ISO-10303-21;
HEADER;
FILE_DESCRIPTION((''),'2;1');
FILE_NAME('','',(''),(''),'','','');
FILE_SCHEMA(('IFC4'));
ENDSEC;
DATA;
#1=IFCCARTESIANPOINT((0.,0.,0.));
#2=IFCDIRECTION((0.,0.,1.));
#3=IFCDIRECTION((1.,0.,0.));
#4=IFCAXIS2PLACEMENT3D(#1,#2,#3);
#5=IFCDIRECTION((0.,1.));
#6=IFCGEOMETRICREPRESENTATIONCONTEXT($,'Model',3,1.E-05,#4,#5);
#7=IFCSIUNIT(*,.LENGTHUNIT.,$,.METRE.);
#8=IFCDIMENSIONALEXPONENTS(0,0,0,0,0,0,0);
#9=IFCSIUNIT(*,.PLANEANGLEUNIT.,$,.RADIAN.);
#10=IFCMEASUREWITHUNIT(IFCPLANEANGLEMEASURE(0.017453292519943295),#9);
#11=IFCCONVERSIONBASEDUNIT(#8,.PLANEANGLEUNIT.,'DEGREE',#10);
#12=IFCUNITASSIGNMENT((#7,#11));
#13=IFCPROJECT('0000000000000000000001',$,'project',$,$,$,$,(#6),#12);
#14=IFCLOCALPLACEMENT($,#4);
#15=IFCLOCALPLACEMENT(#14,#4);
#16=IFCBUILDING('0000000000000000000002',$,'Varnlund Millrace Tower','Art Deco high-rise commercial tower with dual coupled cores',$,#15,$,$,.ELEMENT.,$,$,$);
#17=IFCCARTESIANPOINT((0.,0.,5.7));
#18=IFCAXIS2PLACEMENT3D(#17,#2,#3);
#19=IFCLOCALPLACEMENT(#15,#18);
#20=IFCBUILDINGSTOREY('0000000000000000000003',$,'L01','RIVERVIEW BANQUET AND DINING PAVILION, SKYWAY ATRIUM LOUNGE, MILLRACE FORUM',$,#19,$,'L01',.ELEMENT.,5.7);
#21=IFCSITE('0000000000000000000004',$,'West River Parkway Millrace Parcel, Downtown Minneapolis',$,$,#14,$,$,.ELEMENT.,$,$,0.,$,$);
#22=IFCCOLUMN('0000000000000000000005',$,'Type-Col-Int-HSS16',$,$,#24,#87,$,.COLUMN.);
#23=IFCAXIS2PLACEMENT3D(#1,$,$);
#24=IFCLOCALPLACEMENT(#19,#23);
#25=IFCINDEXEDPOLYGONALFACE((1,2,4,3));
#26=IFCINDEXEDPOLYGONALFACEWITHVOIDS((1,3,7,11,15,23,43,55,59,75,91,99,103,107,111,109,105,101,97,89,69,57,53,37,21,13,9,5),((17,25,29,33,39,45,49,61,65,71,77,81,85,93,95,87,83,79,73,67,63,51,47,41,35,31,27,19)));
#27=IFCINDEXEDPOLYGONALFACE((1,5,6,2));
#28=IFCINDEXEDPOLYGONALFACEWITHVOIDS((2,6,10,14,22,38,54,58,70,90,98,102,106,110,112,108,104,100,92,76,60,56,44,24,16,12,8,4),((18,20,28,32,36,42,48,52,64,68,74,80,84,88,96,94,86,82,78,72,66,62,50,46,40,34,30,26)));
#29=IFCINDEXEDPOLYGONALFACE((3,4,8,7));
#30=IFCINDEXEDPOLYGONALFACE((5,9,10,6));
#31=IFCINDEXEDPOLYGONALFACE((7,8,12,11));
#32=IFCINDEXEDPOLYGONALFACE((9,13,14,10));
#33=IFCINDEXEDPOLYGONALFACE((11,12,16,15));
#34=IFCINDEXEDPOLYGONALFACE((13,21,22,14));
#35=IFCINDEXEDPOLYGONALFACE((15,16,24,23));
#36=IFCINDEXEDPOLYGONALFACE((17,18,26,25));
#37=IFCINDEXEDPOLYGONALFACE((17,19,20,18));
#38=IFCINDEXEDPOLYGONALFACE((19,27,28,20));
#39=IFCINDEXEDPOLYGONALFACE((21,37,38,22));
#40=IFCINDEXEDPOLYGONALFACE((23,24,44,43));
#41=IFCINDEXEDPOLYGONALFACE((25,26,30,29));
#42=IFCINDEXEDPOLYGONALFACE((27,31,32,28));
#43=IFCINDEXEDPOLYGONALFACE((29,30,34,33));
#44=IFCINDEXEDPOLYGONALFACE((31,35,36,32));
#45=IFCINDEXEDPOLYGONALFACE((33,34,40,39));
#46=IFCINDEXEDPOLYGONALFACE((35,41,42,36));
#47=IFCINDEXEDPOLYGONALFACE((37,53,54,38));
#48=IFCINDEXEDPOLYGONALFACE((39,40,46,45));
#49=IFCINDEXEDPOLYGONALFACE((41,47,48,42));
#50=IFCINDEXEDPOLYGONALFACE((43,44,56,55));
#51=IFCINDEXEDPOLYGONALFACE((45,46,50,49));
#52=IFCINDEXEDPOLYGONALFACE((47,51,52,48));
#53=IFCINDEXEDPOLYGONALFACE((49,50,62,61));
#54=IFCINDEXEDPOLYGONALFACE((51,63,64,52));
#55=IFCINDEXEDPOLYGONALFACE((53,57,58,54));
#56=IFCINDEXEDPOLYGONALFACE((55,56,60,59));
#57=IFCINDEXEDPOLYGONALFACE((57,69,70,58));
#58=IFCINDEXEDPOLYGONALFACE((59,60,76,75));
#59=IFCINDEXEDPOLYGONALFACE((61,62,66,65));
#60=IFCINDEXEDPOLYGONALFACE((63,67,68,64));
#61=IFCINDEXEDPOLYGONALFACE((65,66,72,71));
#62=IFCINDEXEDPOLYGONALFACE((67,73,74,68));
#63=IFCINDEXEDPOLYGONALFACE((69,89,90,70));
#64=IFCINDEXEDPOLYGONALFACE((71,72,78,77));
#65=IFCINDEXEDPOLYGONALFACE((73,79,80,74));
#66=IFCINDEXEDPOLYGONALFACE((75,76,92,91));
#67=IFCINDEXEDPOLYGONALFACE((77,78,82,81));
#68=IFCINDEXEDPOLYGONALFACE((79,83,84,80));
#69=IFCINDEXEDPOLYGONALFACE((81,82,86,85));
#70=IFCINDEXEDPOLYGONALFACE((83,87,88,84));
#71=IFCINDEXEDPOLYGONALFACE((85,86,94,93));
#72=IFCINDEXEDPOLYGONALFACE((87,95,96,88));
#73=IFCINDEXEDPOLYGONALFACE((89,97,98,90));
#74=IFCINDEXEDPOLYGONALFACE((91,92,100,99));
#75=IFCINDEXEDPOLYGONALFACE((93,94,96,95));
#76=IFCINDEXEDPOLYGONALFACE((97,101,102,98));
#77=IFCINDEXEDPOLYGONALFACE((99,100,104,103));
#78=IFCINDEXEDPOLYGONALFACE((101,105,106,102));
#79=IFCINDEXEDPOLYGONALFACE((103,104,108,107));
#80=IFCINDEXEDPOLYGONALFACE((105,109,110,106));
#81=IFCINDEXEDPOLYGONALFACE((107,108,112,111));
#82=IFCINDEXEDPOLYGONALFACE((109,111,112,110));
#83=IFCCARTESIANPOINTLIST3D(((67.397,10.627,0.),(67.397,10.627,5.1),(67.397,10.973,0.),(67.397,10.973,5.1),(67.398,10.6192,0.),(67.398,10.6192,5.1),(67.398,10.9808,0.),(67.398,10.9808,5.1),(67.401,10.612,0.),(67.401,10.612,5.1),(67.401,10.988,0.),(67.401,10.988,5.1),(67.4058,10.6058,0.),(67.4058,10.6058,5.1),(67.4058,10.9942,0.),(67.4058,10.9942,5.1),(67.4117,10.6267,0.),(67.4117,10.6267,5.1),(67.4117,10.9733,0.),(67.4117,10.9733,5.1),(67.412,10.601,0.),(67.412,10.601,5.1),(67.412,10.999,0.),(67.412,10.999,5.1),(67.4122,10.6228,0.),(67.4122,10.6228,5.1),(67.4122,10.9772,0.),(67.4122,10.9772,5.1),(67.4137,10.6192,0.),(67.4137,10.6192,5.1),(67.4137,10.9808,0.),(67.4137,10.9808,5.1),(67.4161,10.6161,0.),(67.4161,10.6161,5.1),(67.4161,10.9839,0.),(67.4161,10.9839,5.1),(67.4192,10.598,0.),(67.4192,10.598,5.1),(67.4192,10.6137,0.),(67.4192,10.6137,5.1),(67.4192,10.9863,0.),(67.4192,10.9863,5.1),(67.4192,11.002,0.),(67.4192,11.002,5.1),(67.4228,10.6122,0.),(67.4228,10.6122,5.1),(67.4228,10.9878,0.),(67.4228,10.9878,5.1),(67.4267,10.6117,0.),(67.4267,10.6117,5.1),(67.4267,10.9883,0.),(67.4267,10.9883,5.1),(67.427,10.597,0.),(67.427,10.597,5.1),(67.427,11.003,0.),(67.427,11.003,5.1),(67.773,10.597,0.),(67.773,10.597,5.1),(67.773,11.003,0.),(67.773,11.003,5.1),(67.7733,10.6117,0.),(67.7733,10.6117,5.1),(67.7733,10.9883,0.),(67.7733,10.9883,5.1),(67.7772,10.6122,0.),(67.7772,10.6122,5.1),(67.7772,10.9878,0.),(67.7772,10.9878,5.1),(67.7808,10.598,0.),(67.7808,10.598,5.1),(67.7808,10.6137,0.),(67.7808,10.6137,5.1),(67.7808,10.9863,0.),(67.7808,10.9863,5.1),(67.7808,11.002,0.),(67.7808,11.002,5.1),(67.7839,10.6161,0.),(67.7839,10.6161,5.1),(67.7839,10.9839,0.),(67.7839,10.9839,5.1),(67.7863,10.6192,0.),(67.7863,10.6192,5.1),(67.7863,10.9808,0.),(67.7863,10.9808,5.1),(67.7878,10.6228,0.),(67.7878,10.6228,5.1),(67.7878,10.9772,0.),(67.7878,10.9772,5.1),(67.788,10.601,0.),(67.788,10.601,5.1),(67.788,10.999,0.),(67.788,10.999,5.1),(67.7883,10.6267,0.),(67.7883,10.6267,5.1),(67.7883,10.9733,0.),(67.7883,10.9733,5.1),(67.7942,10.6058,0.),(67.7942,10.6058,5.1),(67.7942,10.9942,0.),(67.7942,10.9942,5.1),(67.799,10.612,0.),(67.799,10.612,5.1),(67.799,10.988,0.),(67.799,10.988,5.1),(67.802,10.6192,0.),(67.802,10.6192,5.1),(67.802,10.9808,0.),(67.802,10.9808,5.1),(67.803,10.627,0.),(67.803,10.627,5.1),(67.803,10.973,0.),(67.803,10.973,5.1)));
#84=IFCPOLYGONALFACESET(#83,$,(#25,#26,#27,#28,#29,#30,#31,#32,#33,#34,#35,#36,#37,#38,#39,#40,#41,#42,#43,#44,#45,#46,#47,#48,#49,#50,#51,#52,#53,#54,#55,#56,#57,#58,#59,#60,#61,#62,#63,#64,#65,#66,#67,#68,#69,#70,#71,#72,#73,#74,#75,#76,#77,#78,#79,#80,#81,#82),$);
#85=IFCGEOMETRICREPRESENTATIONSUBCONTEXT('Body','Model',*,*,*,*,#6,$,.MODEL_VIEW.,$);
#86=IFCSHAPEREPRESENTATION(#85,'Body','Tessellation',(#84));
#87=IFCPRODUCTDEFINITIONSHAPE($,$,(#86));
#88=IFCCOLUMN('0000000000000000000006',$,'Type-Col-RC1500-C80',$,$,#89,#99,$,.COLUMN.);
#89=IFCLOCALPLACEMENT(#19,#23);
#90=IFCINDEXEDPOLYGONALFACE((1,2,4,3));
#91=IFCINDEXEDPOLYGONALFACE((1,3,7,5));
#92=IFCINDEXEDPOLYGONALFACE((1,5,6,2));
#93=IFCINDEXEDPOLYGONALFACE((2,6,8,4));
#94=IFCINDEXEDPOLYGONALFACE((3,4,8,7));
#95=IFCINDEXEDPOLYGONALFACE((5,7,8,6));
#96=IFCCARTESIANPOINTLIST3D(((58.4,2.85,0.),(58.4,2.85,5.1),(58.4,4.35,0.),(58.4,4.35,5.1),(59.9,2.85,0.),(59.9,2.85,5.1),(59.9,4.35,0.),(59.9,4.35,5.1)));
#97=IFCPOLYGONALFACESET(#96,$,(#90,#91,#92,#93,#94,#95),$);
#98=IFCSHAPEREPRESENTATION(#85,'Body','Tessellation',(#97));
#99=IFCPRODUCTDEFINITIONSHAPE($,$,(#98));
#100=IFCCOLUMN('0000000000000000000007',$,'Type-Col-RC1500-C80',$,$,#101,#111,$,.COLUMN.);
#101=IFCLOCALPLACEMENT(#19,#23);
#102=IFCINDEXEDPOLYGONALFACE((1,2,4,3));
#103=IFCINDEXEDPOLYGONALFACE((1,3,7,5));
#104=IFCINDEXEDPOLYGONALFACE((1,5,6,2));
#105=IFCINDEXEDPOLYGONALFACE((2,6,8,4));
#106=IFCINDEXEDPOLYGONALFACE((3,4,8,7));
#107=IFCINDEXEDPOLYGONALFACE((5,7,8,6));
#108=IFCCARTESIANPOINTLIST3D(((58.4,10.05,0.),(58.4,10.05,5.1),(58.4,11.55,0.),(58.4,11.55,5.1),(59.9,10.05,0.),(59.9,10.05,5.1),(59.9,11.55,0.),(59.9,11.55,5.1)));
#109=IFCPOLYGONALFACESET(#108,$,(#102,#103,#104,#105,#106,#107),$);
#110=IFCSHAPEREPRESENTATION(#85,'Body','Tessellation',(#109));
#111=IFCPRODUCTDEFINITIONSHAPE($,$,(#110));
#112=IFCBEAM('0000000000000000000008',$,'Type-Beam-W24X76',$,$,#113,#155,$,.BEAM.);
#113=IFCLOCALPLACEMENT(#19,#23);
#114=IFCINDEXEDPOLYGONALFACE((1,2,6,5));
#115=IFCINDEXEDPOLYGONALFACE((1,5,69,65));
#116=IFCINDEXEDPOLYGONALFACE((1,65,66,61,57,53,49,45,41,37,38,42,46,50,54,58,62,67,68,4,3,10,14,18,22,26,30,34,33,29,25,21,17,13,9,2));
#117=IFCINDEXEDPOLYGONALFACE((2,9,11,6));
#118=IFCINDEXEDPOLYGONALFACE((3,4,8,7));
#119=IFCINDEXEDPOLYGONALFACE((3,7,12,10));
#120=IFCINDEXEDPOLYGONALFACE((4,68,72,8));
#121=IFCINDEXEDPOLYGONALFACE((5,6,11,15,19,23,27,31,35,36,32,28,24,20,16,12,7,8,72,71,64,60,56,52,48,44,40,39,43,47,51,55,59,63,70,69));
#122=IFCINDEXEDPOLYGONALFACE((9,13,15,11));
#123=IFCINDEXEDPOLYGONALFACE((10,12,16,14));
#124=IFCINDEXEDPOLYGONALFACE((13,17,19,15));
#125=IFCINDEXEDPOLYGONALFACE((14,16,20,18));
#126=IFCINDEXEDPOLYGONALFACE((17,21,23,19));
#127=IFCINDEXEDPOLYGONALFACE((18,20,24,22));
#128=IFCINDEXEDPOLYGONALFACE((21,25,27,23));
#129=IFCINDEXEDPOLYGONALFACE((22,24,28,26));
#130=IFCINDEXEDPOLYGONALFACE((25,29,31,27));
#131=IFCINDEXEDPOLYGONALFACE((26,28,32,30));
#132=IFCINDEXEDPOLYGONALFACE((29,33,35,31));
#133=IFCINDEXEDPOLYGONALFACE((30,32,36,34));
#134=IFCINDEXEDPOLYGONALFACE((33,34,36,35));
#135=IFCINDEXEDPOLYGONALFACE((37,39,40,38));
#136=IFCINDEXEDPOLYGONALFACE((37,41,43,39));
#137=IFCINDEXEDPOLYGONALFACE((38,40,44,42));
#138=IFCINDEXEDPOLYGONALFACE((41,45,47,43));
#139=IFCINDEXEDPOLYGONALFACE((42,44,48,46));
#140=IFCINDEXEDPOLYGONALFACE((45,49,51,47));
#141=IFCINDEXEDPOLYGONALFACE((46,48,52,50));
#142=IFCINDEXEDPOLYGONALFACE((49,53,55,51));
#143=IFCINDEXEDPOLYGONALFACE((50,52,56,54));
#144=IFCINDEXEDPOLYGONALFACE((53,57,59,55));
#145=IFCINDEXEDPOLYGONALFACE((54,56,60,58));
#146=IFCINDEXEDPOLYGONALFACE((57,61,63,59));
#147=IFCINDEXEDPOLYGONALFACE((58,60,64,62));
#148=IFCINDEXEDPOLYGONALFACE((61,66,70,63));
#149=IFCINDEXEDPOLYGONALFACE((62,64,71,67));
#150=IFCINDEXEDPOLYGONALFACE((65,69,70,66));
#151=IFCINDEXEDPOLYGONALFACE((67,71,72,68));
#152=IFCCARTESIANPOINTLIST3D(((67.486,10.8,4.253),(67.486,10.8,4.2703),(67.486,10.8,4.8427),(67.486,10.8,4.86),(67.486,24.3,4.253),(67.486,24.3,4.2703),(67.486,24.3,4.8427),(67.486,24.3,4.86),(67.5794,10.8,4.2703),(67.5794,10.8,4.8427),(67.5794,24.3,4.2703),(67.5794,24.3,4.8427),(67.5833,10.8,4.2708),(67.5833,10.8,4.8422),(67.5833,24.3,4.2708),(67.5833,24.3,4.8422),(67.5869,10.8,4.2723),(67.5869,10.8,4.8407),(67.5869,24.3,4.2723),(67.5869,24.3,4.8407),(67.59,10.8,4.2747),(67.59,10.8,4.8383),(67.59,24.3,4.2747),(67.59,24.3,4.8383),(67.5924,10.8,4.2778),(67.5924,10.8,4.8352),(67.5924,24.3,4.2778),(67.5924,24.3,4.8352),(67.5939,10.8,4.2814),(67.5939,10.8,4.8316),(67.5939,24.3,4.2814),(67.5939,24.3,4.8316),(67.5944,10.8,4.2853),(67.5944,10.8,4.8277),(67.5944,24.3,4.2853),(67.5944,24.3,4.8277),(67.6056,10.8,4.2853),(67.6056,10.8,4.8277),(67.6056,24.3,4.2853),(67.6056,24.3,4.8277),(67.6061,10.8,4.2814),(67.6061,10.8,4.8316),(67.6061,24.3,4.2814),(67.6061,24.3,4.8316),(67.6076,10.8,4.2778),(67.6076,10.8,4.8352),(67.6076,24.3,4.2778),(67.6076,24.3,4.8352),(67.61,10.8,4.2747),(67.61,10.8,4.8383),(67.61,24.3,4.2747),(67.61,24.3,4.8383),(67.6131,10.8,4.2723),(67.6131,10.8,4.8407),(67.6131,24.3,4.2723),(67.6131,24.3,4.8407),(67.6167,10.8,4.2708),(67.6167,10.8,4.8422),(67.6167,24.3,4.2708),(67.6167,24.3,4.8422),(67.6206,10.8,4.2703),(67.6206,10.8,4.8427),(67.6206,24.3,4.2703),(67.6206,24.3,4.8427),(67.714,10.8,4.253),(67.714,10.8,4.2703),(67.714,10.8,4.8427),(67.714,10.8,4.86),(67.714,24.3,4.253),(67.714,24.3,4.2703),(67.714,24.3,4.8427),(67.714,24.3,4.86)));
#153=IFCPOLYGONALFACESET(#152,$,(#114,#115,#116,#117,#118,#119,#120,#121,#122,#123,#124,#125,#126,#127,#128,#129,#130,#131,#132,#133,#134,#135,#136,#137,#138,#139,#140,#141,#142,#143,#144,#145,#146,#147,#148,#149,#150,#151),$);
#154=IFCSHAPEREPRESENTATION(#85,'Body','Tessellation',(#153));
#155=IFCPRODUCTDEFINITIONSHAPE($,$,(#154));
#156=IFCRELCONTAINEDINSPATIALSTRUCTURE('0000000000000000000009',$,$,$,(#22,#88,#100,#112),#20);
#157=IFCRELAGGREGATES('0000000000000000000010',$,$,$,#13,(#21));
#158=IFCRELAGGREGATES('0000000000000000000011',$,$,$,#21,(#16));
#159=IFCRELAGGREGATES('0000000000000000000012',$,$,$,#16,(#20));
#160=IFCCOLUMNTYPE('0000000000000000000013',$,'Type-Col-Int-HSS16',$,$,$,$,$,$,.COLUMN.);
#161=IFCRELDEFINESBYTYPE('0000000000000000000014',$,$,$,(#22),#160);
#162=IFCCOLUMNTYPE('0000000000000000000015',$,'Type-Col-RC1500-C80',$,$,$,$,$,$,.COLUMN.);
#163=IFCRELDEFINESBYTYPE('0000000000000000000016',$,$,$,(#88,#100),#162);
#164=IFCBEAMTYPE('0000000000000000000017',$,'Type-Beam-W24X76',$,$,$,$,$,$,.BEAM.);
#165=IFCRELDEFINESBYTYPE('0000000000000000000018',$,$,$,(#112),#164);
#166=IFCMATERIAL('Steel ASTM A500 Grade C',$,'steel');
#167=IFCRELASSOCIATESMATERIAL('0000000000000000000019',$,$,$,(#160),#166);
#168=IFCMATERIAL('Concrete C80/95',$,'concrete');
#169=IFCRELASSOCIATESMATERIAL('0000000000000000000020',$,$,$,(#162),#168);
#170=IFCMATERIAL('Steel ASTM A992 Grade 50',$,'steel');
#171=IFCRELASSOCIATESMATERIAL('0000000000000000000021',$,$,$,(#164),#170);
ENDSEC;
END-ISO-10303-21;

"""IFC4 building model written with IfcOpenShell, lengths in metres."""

from ifc_helpers import new_model, entity, si_unit, converted_unit, direction, frame, origin_with_axes, origin_2d_with_axis, place, context, subcontext, project, spatial, rectangle, hollow_rectangle, i_section, extrude, material, material_profile, profile_set, type_object, element, save


model = new_model("IFC4")

# Units and contexts
model_context = context("Model", 3, precision=1e-05, world=origin_with_axes(), true_north=direction((0.0, 1.0)))
body_context = subcontext(model_context, "Body", "Model", "MODEL_VIEW")
ifc_project = project(units=[si_unit("LENGTHUNIT", "METRE"), converted_unit("PLANEANGLEUNIT", "DEGREE", entity("IfcPlaneAngleMeasure", 0.017453292519943295), si_unit("PLANEANGLEUNIT", "RADIAN"), dimensions=[0, 0, 0, 0, 0, 0, 0])], contexts=[model_context])

# Site, building, storey
site_placement = place(None, origin_with_axes())
site = spatial("IfcSite", under=ifc_project, at=site_placement, Name="West River Parkway Millrace Parcel, Downtown Minneapolis", CompositionType="ELEMENT", RefElevation=0.0)
building_placement = place(site_placement, origin_with_axes())
building = spatial("IfcBuilding", under=site, at=building_placement, Name="Varnlund Millrace Tower", Description="Art Deco high-rise commercial tower with dual coupled cores", CompositionType="ELEMENT")
storey_placement = place(building_placement, frame((0.0, 0.0, 5.7), z_axis=(0.0, 0.0, 1.0), x_axis=(1.0, 0.0, 0.0)))
storey = spatial("IfcBuildingStorey", under=building, at=storey_placement, Name="L01", Description="RIVERVIEW BANQUET AND DINING PAVILION, SKYWAY ATRIUM LOUNGE, MILLRACE FORUM", LongName="L01", CompositionType="ELEMENT", Elevation=5.7)

# Columns
ifc_material_1 = material(Name="Steel ASTM A500 Grade C", Category="steel")
ifc_material_profile_1 = material_profile(ifc_material_1, hollow_rectangle(XDim=0.406, YDim=0.406, WallThickness=0.0147, InnerFilletRadius=0.015, OuterFilletRadius=0.03, at=origin_2d_with_axis()), Name="Steel ASTM A500 Grade C")
ifc_profile_set_1 = profile_set([ifc_material_profile_1], Name="Steel ASTM A500 Grade C")
column_type_1 = type_object("IfcColumnType", Name="Type-Col-Int-HSS16", PredefinedType="COLUMN", material=ifc_profile_set_1)
column_placement = place(storey_placement, frame((67.6, 10.8, 0.0), z_axis=(0.0, 0.0, 1.0), x_axis=(1.0, 0.0, 0.0)))
element("IfcColumn", 1, at=column_placement, inside=storey, type_object=column_type_1, Name="Type-Col-Int-HSS16", PredefinedType="COLUMN", context=body_context, shape_type="SweptSolid", body=[
    extrude(hollow_rectangle(XDim=0.406, YDim=0.406, WallThickness=0.0147, InnerFilletRadius=0.015, OuterFilletRadius=0.03, at=origin_2d_with_axis()), origin_with_axes(), (0.0, 0.0, 1.0), 5.1),
])
ifc_material_2 = material(Name="Concrete C80/95", Category="concrete")
ifc_material_profile_2 = material_profile(ifc_material_2, rectangle(XDim=1.5, YDim=1.5, at=origin_2d_with_axis()), Name="Concrete C80/95")
ifc_profile_set_2 = profile_set([ifc_material_profile_2], Name="Concrete C80/95")
column_type_2 = type_object("IfcColumnType", Name="Type-Col-RC1500-C80", PredefinedType="COLUMN", material=ifc_profile_set_2)
for number, where, z_axis, x_axis, name in (
    (2, (59.15, 3.6, 0.0), (0.0, 0.0, 1.0), (1.0, 0.0, 0.0), "Type-Col-RC1500-C80"),
    (3, (59.15, 10.8, 0.0), (0.0, 0.0, 1.0), (1.0, 0.0, 0.0), "Type-Col-RC1500-C80"),
):
    element("IfcColumn", number, at=place(storey_placement, frame(where, z_axis=z_axis, x_axis=x_axis)), inside=storey, type_object=column_type_2, Name=name, PredefinedType="COLUMN", context=body_context, shape_type="SweptSolid", body=[
        extrude(rectangle(XDim=1.5, YDim=1.5, at=origin_2d_with_axis()), origin_with_axes(), (0.0, 0.0, 1.0), 5.1),
    ])

# Beam
ifc_material_3 = material(Name="Steel ASTM A992 Grade 50", Category="steel")
ifc_material_profile_3 = material_profile(ifc_material_3, i_section(OverallWidth=0.228, OverallDepth=0.607, WebThickness=0.0112, FlangeThickness=0.0173, FilletRadius=0.015, at=origin_2d_with_axis()), Name="Steel ASTM A992 Grade 50")
ifc_profile_set_3 = profile_set([ifc_material_profile_3], Name="Steel ASTM A992 Grade 50")
beam_type_1 = type_object("IfcBeamType", Name="Type-Beam-W24X76", PredefinedType="BEAM", material=ifc_profile_set_3)
beam_1_placement = place(storey_placement, frame((67.6, 10.8, 4.5565), z_axis=(0.0, 1.0, 0.0), x_axis=(-1.0, 0.0, 0.0)))
element("IfcBeam", 4, at=beam_1_placement, inside=storey, type_object=beam_type_1, Name="Type-Beam-W24X76", PredefinedType="BEAM", context=body_context, shape_type="SweptSolid", body=[
    extrude(i_section(OverallWidth=0.228, OverallDepth=0.607, WebThickness=0.0112, FlangeThickness=0.0173, FilletRadius=0.015, at=origin_2d_with_axis()), origin_with_axes(), (0.0, 0.0, 1.0), 13.5),
])

save(model, "model.ifc")
